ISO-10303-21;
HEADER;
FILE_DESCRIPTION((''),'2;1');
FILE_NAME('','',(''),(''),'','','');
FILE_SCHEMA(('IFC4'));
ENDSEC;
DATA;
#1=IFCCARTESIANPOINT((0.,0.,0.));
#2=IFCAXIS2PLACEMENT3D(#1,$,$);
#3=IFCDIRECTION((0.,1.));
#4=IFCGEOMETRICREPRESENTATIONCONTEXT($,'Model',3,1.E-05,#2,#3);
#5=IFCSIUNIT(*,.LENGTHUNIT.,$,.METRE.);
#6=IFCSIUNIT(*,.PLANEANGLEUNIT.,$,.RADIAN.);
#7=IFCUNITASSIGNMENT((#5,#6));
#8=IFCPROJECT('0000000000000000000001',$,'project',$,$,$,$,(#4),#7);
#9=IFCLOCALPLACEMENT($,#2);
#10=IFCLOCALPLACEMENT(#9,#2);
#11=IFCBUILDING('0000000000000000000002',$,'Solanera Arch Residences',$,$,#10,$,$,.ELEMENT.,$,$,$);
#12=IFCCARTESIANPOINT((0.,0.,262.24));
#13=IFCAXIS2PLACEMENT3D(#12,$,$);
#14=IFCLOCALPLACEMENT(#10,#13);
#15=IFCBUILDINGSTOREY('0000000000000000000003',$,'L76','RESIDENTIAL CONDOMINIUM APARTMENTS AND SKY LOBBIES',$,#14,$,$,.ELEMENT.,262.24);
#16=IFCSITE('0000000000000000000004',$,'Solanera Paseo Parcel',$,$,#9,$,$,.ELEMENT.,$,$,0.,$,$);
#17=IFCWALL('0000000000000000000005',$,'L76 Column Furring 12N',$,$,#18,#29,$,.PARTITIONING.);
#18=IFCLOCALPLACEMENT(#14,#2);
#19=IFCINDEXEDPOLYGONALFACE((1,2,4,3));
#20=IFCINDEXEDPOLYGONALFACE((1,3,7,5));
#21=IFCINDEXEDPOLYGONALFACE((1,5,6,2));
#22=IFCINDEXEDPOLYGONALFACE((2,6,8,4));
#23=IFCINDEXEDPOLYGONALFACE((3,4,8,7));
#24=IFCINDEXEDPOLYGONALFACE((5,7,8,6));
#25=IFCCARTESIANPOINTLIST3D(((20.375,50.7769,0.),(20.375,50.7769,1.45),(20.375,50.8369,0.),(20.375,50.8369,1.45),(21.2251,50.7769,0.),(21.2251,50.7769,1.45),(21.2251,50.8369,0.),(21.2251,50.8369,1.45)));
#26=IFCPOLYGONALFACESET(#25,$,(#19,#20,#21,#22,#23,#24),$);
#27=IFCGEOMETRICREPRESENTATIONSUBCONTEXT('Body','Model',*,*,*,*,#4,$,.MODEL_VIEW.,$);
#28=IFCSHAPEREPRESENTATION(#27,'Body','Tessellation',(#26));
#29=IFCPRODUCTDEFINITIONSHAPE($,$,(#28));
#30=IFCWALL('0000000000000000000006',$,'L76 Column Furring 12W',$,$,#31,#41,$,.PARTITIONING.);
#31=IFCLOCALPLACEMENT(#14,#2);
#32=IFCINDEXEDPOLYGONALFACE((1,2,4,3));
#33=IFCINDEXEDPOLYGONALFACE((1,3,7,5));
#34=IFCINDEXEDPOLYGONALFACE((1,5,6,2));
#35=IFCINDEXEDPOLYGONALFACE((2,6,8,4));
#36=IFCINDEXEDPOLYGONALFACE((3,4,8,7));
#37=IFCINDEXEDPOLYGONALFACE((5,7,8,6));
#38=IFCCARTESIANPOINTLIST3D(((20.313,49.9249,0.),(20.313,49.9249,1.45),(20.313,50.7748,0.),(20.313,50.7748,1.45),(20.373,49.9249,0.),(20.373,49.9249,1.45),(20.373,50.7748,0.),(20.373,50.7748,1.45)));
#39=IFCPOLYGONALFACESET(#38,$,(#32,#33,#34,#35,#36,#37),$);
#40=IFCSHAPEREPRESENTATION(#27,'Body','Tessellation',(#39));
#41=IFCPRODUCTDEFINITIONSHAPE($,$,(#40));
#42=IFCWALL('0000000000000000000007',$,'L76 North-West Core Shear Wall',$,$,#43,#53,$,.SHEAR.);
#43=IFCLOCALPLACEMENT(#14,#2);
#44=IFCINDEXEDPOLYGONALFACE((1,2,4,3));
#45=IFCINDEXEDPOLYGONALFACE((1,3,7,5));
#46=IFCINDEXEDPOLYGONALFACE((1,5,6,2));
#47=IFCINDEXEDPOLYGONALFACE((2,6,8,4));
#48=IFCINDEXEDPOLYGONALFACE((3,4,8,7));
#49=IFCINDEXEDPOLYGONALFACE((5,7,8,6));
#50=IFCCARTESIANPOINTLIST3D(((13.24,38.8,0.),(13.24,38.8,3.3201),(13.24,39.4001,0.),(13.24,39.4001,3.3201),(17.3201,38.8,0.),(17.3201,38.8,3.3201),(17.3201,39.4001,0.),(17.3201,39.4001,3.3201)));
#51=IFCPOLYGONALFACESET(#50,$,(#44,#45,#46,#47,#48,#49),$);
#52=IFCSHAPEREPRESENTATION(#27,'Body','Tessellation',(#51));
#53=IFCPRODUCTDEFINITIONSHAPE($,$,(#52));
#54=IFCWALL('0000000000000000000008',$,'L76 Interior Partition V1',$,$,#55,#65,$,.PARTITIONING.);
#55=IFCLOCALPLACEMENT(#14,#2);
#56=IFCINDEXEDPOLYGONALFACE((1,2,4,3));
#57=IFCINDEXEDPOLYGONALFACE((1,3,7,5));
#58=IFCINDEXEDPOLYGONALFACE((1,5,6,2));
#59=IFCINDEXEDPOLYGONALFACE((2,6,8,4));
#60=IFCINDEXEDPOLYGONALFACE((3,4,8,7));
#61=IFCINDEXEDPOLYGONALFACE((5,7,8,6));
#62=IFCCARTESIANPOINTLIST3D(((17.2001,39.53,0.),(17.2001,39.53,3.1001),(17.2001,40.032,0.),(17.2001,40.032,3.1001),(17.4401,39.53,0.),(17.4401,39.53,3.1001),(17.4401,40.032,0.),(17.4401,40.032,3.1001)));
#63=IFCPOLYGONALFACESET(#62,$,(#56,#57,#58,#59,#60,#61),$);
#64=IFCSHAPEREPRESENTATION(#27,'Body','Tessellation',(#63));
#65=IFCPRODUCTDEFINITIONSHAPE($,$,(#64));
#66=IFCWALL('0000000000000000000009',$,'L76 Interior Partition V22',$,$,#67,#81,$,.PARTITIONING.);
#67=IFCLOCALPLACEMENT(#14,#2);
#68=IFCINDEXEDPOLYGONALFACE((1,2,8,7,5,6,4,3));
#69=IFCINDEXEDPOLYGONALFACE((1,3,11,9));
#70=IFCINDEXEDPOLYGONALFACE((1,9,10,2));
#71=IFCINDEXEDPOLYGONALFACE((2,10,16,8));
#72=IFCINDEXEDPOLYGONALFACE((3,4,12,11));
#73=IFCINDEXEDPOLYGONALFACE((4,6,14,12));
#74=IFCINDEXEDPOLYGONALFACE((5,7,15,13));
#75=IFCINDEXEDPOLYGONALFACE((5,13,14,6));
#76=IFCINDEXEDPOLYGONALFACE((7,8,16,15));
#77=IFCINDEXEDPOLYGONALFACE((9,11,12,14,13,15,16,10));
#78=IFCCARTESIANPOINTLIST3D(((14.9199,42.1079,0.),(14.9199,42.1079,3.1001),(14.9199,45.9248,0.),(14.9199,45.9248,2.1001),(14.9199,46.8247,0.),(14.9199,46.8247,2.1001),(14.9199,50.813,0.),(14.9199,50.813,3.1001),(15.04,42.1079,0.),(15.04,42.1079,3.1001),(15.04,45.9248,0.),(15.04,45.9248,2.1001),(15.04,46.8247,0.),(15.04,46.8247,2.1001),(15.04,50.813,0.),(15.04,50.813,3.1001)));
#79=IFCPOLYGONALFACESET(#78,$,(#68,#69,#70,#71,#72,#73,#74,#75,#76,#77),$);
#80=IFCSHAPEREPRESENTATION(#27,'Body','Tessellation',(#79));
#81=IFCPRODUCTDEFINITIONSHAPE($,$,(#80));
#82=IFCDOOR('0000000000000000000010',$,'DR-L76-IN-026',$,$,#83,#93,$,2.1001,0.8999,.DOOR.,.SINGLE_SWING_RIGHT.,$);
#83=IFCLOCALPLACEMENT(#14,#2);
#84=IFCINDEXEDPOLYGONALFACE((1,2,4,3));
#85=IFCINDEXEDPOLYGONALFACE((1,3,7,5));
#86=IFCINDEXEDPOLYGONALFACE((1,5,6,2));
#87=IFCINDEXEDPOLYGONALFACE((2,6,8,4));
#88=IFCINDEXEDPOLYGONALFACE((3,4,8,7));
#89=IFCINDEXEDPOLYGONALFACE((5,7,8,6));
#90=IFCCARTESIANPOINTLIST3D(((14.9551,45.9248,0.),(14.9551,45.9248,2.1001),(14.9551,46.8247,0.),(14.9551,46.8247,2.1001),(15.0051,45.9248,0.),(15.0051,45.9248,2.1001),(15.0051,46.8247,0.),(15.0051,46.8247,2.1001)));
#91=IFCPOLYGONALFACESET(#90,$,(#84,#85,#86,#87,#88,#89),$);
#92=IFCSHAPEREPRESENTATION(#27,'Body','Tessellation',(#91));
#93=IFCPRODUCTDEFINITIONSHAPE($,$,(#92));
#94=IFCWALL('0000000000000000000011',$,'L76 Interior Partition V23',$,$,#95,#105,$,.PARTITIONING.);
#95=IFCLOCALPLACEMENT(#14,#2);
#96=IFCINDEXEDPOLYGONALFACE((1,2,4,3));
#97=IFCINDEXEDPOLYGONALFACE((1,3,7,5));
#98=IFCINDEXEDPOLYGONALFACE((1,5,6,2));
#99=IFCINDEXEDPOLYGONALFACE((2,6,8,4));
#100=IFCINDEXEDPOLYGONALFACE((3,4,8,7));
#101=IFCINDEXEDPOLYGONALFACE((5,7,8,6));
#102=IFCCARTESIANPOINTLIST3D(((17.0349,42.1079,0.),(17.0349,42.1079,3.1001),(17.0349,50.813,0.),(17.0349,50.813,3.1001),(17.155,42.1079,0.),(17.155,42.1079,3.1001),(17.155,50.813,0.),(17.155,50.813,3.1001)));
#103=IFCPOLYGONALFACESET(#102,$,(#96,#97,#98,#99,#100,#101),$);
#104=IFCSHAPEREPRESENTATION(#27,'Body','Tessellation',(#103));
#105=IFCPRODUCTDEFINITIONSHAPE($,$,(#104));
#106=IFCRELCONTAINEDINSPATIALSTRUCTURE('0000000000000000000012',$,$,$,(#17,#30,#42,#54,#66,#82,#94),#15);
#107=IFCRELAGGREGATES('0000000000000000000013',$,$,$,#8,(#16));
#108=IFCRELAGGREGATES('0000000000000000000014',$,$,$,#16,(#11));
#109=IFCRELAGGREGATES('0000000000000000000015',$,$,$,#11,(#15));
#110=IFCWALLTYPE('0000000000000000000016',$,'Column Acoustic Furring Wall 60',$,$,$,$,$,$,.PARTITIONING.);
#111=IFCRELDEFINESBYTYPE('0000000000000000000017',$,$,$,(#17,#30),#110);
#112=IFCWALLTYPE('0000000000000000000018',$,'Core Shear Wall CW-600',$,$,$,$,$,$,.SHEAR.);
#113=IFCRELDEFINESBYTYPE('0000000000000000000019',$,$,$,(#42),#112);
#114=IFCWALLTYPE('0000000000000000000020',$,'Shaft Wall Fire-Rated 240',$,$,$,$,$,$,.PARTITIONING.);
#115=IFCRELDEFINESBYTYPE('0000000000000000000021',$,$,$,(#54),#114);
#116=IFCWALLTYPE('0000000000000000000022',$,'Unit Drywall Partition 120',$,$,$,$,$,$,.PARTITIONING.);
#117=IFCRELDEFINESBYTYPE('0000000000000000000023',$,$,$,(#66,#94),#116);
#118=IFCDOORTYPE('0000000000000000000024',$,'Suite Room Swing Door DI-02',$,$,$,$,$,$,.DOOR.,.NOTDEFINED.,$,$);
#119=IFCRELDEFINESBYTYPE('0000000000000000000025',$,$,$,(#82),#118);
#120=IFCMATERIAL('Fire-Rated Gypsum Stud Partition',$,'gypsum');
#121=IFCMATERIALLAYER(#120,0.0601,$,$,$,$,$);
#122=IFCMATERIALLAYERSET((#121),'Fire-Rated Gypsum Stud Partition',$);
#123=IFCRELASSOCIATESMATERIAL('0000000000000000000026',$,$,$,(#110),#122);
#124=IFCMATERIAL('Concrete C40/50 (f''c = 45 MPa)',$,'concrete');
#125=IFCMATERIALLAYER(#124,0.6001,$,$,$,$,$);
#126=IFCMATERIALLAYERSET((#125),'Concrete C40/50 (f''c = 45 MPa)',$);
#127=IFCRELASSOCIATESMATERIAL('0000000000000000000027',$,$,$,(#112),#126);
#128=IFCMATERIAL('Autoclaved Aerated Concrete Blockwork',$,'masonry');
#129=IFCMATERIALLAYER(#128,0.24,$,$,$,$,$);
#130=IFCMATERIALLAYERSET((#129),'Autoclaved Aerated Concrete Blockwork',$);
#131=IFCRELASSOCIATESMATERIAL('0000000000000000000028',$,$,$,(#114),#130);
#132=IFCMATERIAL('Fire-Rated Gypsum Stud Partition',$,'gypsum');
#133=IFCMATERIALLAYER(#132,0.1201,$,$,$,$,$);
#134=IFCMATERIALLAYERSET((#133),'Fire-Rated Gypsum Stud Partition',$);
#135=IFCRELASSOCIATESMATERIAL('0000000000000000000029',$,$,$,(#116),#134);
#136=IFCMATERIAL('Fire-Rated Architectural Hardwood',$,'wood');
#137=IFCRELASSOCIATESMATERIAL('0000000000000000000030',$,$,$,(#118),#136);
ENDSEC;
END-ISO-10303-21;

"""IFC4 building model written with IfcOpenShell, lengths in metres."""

from ifc_helpers import new_model, si_unit, direction, frame, frame_2d, origin, place, context, subcontext, project, spatial, rectangle, extrude, material, layer, layer_set, type_object, element, fill, save


model = new_model("IFC4")

# Units and contexts
model_context = context("Model", 3, precision=1e-05, world=origin(), true_north=direction((0.0, 1.0)))
body_context = subcontext(model_context, "Body", "Model", "MODEL_VIEW")
ifc_project = project(units=[si_unit("LENGTHUNIT", "METRE"), si_unit("PLANEANGLEUNIT", "RADIAN")], contexts=[model_context])

# Site, building, storey
site_placement = place(None, origin())
site = spatial("IfcSite", under=ifc_project, at=site_placement, Name="Solanera Paseo Parcel", CompositionType="ELEMENT", RefElevation=0.0)
building_placement = place(site_placement, origin())
building = spatial("IfcBuilding", under=site, at=building_placement, Name="Solanera Arch Residences", CompositionType="ELEMENT")
storey_placement = place(building_placement, frame((0.0, 0.0, 262.24)))
storey = spatial("IfcBuildingStorey", under=building, at=storey_placement, Name="L76", Description="RESIDENTIAL CONDOMINIUM APARTMENTS AND SKY LOBBIES", CompositionType="ELEMENT", Elevation=262.24)

# Walls
ifc_material_1 = material(Name="Fire-Rated Gypsum Stud Partition", Category="gypsum")
ifc_layer_1 = layer(ifc_material_1, 0.0601)
ifc_layer_set_1 = layer_set([ifc_layer_1], Name="Fire-Rated Gypsum Stud Partition")
wall_type_1 = type_object("IfcWallType", Name="Column Acoustic Furring Wall 60", PredefinedType="PARTITIONING", material=ifc_layer_set_1)
for number, where, z_axis, x_axis, name in (
    (1, (20.375, 50.8069, 0.0), (0.0, 0.0, 1.0), (1.0, 0.0, 0.0), "L76 Column Furring 12N"),
):
    element("IfcWall", number, at=place(storey_placement, frame(where, z_axis=z_axis, x_axis=x_axis)), inside=storey, type_object=wall_type_1, Name=name, PredefinedType="PARTITIONING", context=body_context, shape_type="SweptSolid", body=[
        extrude(rectangle(XDim=0.8501, YDim=0.0601, at=frame_2d((0.425, 0.0))), origin(), (0.0, 0.0, 1.0), 1.45),
    ])
wall_1_placement = place(storey_placement, frame((20.343, 49.925, 0.0), z_axis=(0.0, 0.0, 1.0), x_axis=(0.0, 1.0, 0.0)))
element("IfcWall", 2, at=wall_1_placement, inside=storey, type_object=wall_type_1, Name="L76 Column Furring 12W", PredefinedType="PARTITIONING", context=body_context, shape_type="SweptSolid", body=[
    extrude(rectangle(XDim=0.8499, YDim=0.0601, at=frame_2d((0.4248, 0.0))), origin(), (0.0, 0.0, 1.0), 1.45),
])
ifc_material_2 = material(Name="Concrete C40/50 (f'c = 45 MPa)", Category="concrete")
ifc_layer_2 = layer(ifc_material_2, 0.6001)
ifc_layer_set_2 = layer_set([ifc_layer_2], Name="Concrete C40/50 (f'c = 45 MPa)")
wall_type_2 = type_object("IfcWallType", Name="Core Shear Wall CW-600", PredefinedType="SHEAR", material=ifc_layer_set_2)
wall_2_placement = place(storey_placement, frame((13.24, 39.1001, 0.0), z_axis=(0.0, 0.0, 1.0), x_axis=(1.0, 0.0, 0.0)))
element("IfcWall", 3, at=wall_2_placement, inside=storey, type_object=wall_type_2, Name="L76 North-West Core Shear Wall", PredefinedType="SHEAR", context=body_context, shape_type="SweptSolid", body=[
    extrude(rectangle(XDim=4.0801, YDim=0.6001, at=frame_2d((2.04, 0.0))), origin(), (0.0, 0.0, 1.0), 3.3201),
])
ifc_material_3 = material(Name="Autoclaved Aerated Concrete Blockwork", Category="masonry")
ifc_layer_3 = layer(ifc_material_3, 0.24)
ifc_layer_set_3 = layer_set([ifc_layer_3], Name="Autoclaved Aerated Concrete Blockwork")
wall_type_3 = type_object("IfcWallType", Name="Shaft Wall Fire-Rated 240", PredefinedType="PARTITIONING", material=ifc_layer_set_3)
wall_3_placement = place(storey_placement, frame((17.3201, 39.53, 0.0), z_axis=(0.0, 0.0, 1.0), x_axis=(0.0, 1.0, 0.0)))
element("IfcWall", 4, at=wall_3_placement, inside=storey, type_object=wall_type_3, Name="L76 Interior Partition V1", PredefinedType="PARTITIONING", context=body_context, shape_type="SweptSolid", body=[
    extrude(rectangle(XDim=0.502, YDim=0.24, at=frame_2d((0.251, 0.0))), origin(), (0.0, 0.0, 1.0), 3.1001),
])

# Wall, opening, door
ifc_material_4 = material(Name="Fire-Rated Gypsum Stud Partition", Category="gypsum")
ifc_layer_4 = layer(ifc_material_4, 0.1201)
ifc_layer_set_4 = layer_set([ifc_layer_4], Name="Fire-Rated Gypsum Stud Partition")
wall_type_4 = type_object("IfcWallType", Name="Unit Drywall Partition 120", PredefinedType="PARTITIONING", material=ifc_layer_set_4)
wall_4_placement = place(storey_placement, frame((14.98, 42.1079, 0.0), z_axis=(0.0, 0.0, 1.0), x_axis=(0.0, 1.0, 0.0)))
wall_4 = element("IfcWall", 5, at=wall_4_placement, inside=storey, type_object=wall_type_4, Name="L76 Interior Partition V22", PredefinedType="PARTITIONING", context=body_context, shape_type="SweptSolid", body=[
    extrude(rectangle(XDim=8.7051, YDim=0.1201, at=frame_2d((4.3525, 0.0))), origin(), (0.0, 0.0, 1.0), 3.1001),
])
opening_placement = place(wall_4_placement, frame((3.8169, 0.0, 0.0)))
opening = element("IfcOpeningElement", 6, at=opening_placement, cuts=wall_4, PredefinedType="OPENING", context=body_context, shape_type="SweptSolid", body=[
    extrude(rectangle(XDim=0.8999, YDim=2.1001, at=frame_2d((0.45, 1.05))), frame((0.0, 0.0701, 0.0), z_axis=(0.0, -1.0, 0.0), x_axis=(1.0, 0.0, 0.0)), (0.0, 0.0, 1.0), 0.1401),
])
ifc_material_5 = material(Name="Fire-Rated Architectural Hardwood", Category="wood")
door_type = type_object("IfcDoorType", Name="Suite Room Swing Door DI-02", OperationType="NOTDEFINED", PredefinedType="DOOR", material=ifc_material_5)
door_placement = place(opening_placement, origin())
door = element("IfcDoor", 7, at=door_placement, inside=storey, type_object=door_type, Name="DR-L76-IN-026", OperationType="SINGLE_SWING_RIGHT", OverallHeight=2.1001, OverallWidth=0.8999, PredefinedType="DOOR", context=body_context, shape_type="SweptSolid", body=[
    extrude(rectangle(XDim=0.8999, YDim=2.1001, at=frame_2d((0.45, 1.05))), frame((0.0, 0.0249, 0.0), z_axis=(0.0, -1.0, 0.0), x_axis=(1.0, 0.0, 0.0)), (0.0, 0.0, 1.0), 0.05),
])
fill(opening, door)

# Wall
wall_5_placement = place(storey_placement, frame((17.095, 42.1079, 0.0), z_axis=(0.0, 0.0, 1.0), x_axis=(0.0, 1.0, 0.0)))
element("IfcWall", 8, at=wall_5_placement, inside=storey, type_object=wall_type_4, Name="L76 Interior Partition V23", PredefinedType="PARTITIONING", context=body_context, shape_type="SweptSolid", body=[
    extrude(rectangle(XDim=8.7051, YDim=0.1201, at=frame_2d((4.3525, 0.0))), origin(), (0.0, 0.0, 1.0), 3.1001),
])

save(model, "model.ifc")
